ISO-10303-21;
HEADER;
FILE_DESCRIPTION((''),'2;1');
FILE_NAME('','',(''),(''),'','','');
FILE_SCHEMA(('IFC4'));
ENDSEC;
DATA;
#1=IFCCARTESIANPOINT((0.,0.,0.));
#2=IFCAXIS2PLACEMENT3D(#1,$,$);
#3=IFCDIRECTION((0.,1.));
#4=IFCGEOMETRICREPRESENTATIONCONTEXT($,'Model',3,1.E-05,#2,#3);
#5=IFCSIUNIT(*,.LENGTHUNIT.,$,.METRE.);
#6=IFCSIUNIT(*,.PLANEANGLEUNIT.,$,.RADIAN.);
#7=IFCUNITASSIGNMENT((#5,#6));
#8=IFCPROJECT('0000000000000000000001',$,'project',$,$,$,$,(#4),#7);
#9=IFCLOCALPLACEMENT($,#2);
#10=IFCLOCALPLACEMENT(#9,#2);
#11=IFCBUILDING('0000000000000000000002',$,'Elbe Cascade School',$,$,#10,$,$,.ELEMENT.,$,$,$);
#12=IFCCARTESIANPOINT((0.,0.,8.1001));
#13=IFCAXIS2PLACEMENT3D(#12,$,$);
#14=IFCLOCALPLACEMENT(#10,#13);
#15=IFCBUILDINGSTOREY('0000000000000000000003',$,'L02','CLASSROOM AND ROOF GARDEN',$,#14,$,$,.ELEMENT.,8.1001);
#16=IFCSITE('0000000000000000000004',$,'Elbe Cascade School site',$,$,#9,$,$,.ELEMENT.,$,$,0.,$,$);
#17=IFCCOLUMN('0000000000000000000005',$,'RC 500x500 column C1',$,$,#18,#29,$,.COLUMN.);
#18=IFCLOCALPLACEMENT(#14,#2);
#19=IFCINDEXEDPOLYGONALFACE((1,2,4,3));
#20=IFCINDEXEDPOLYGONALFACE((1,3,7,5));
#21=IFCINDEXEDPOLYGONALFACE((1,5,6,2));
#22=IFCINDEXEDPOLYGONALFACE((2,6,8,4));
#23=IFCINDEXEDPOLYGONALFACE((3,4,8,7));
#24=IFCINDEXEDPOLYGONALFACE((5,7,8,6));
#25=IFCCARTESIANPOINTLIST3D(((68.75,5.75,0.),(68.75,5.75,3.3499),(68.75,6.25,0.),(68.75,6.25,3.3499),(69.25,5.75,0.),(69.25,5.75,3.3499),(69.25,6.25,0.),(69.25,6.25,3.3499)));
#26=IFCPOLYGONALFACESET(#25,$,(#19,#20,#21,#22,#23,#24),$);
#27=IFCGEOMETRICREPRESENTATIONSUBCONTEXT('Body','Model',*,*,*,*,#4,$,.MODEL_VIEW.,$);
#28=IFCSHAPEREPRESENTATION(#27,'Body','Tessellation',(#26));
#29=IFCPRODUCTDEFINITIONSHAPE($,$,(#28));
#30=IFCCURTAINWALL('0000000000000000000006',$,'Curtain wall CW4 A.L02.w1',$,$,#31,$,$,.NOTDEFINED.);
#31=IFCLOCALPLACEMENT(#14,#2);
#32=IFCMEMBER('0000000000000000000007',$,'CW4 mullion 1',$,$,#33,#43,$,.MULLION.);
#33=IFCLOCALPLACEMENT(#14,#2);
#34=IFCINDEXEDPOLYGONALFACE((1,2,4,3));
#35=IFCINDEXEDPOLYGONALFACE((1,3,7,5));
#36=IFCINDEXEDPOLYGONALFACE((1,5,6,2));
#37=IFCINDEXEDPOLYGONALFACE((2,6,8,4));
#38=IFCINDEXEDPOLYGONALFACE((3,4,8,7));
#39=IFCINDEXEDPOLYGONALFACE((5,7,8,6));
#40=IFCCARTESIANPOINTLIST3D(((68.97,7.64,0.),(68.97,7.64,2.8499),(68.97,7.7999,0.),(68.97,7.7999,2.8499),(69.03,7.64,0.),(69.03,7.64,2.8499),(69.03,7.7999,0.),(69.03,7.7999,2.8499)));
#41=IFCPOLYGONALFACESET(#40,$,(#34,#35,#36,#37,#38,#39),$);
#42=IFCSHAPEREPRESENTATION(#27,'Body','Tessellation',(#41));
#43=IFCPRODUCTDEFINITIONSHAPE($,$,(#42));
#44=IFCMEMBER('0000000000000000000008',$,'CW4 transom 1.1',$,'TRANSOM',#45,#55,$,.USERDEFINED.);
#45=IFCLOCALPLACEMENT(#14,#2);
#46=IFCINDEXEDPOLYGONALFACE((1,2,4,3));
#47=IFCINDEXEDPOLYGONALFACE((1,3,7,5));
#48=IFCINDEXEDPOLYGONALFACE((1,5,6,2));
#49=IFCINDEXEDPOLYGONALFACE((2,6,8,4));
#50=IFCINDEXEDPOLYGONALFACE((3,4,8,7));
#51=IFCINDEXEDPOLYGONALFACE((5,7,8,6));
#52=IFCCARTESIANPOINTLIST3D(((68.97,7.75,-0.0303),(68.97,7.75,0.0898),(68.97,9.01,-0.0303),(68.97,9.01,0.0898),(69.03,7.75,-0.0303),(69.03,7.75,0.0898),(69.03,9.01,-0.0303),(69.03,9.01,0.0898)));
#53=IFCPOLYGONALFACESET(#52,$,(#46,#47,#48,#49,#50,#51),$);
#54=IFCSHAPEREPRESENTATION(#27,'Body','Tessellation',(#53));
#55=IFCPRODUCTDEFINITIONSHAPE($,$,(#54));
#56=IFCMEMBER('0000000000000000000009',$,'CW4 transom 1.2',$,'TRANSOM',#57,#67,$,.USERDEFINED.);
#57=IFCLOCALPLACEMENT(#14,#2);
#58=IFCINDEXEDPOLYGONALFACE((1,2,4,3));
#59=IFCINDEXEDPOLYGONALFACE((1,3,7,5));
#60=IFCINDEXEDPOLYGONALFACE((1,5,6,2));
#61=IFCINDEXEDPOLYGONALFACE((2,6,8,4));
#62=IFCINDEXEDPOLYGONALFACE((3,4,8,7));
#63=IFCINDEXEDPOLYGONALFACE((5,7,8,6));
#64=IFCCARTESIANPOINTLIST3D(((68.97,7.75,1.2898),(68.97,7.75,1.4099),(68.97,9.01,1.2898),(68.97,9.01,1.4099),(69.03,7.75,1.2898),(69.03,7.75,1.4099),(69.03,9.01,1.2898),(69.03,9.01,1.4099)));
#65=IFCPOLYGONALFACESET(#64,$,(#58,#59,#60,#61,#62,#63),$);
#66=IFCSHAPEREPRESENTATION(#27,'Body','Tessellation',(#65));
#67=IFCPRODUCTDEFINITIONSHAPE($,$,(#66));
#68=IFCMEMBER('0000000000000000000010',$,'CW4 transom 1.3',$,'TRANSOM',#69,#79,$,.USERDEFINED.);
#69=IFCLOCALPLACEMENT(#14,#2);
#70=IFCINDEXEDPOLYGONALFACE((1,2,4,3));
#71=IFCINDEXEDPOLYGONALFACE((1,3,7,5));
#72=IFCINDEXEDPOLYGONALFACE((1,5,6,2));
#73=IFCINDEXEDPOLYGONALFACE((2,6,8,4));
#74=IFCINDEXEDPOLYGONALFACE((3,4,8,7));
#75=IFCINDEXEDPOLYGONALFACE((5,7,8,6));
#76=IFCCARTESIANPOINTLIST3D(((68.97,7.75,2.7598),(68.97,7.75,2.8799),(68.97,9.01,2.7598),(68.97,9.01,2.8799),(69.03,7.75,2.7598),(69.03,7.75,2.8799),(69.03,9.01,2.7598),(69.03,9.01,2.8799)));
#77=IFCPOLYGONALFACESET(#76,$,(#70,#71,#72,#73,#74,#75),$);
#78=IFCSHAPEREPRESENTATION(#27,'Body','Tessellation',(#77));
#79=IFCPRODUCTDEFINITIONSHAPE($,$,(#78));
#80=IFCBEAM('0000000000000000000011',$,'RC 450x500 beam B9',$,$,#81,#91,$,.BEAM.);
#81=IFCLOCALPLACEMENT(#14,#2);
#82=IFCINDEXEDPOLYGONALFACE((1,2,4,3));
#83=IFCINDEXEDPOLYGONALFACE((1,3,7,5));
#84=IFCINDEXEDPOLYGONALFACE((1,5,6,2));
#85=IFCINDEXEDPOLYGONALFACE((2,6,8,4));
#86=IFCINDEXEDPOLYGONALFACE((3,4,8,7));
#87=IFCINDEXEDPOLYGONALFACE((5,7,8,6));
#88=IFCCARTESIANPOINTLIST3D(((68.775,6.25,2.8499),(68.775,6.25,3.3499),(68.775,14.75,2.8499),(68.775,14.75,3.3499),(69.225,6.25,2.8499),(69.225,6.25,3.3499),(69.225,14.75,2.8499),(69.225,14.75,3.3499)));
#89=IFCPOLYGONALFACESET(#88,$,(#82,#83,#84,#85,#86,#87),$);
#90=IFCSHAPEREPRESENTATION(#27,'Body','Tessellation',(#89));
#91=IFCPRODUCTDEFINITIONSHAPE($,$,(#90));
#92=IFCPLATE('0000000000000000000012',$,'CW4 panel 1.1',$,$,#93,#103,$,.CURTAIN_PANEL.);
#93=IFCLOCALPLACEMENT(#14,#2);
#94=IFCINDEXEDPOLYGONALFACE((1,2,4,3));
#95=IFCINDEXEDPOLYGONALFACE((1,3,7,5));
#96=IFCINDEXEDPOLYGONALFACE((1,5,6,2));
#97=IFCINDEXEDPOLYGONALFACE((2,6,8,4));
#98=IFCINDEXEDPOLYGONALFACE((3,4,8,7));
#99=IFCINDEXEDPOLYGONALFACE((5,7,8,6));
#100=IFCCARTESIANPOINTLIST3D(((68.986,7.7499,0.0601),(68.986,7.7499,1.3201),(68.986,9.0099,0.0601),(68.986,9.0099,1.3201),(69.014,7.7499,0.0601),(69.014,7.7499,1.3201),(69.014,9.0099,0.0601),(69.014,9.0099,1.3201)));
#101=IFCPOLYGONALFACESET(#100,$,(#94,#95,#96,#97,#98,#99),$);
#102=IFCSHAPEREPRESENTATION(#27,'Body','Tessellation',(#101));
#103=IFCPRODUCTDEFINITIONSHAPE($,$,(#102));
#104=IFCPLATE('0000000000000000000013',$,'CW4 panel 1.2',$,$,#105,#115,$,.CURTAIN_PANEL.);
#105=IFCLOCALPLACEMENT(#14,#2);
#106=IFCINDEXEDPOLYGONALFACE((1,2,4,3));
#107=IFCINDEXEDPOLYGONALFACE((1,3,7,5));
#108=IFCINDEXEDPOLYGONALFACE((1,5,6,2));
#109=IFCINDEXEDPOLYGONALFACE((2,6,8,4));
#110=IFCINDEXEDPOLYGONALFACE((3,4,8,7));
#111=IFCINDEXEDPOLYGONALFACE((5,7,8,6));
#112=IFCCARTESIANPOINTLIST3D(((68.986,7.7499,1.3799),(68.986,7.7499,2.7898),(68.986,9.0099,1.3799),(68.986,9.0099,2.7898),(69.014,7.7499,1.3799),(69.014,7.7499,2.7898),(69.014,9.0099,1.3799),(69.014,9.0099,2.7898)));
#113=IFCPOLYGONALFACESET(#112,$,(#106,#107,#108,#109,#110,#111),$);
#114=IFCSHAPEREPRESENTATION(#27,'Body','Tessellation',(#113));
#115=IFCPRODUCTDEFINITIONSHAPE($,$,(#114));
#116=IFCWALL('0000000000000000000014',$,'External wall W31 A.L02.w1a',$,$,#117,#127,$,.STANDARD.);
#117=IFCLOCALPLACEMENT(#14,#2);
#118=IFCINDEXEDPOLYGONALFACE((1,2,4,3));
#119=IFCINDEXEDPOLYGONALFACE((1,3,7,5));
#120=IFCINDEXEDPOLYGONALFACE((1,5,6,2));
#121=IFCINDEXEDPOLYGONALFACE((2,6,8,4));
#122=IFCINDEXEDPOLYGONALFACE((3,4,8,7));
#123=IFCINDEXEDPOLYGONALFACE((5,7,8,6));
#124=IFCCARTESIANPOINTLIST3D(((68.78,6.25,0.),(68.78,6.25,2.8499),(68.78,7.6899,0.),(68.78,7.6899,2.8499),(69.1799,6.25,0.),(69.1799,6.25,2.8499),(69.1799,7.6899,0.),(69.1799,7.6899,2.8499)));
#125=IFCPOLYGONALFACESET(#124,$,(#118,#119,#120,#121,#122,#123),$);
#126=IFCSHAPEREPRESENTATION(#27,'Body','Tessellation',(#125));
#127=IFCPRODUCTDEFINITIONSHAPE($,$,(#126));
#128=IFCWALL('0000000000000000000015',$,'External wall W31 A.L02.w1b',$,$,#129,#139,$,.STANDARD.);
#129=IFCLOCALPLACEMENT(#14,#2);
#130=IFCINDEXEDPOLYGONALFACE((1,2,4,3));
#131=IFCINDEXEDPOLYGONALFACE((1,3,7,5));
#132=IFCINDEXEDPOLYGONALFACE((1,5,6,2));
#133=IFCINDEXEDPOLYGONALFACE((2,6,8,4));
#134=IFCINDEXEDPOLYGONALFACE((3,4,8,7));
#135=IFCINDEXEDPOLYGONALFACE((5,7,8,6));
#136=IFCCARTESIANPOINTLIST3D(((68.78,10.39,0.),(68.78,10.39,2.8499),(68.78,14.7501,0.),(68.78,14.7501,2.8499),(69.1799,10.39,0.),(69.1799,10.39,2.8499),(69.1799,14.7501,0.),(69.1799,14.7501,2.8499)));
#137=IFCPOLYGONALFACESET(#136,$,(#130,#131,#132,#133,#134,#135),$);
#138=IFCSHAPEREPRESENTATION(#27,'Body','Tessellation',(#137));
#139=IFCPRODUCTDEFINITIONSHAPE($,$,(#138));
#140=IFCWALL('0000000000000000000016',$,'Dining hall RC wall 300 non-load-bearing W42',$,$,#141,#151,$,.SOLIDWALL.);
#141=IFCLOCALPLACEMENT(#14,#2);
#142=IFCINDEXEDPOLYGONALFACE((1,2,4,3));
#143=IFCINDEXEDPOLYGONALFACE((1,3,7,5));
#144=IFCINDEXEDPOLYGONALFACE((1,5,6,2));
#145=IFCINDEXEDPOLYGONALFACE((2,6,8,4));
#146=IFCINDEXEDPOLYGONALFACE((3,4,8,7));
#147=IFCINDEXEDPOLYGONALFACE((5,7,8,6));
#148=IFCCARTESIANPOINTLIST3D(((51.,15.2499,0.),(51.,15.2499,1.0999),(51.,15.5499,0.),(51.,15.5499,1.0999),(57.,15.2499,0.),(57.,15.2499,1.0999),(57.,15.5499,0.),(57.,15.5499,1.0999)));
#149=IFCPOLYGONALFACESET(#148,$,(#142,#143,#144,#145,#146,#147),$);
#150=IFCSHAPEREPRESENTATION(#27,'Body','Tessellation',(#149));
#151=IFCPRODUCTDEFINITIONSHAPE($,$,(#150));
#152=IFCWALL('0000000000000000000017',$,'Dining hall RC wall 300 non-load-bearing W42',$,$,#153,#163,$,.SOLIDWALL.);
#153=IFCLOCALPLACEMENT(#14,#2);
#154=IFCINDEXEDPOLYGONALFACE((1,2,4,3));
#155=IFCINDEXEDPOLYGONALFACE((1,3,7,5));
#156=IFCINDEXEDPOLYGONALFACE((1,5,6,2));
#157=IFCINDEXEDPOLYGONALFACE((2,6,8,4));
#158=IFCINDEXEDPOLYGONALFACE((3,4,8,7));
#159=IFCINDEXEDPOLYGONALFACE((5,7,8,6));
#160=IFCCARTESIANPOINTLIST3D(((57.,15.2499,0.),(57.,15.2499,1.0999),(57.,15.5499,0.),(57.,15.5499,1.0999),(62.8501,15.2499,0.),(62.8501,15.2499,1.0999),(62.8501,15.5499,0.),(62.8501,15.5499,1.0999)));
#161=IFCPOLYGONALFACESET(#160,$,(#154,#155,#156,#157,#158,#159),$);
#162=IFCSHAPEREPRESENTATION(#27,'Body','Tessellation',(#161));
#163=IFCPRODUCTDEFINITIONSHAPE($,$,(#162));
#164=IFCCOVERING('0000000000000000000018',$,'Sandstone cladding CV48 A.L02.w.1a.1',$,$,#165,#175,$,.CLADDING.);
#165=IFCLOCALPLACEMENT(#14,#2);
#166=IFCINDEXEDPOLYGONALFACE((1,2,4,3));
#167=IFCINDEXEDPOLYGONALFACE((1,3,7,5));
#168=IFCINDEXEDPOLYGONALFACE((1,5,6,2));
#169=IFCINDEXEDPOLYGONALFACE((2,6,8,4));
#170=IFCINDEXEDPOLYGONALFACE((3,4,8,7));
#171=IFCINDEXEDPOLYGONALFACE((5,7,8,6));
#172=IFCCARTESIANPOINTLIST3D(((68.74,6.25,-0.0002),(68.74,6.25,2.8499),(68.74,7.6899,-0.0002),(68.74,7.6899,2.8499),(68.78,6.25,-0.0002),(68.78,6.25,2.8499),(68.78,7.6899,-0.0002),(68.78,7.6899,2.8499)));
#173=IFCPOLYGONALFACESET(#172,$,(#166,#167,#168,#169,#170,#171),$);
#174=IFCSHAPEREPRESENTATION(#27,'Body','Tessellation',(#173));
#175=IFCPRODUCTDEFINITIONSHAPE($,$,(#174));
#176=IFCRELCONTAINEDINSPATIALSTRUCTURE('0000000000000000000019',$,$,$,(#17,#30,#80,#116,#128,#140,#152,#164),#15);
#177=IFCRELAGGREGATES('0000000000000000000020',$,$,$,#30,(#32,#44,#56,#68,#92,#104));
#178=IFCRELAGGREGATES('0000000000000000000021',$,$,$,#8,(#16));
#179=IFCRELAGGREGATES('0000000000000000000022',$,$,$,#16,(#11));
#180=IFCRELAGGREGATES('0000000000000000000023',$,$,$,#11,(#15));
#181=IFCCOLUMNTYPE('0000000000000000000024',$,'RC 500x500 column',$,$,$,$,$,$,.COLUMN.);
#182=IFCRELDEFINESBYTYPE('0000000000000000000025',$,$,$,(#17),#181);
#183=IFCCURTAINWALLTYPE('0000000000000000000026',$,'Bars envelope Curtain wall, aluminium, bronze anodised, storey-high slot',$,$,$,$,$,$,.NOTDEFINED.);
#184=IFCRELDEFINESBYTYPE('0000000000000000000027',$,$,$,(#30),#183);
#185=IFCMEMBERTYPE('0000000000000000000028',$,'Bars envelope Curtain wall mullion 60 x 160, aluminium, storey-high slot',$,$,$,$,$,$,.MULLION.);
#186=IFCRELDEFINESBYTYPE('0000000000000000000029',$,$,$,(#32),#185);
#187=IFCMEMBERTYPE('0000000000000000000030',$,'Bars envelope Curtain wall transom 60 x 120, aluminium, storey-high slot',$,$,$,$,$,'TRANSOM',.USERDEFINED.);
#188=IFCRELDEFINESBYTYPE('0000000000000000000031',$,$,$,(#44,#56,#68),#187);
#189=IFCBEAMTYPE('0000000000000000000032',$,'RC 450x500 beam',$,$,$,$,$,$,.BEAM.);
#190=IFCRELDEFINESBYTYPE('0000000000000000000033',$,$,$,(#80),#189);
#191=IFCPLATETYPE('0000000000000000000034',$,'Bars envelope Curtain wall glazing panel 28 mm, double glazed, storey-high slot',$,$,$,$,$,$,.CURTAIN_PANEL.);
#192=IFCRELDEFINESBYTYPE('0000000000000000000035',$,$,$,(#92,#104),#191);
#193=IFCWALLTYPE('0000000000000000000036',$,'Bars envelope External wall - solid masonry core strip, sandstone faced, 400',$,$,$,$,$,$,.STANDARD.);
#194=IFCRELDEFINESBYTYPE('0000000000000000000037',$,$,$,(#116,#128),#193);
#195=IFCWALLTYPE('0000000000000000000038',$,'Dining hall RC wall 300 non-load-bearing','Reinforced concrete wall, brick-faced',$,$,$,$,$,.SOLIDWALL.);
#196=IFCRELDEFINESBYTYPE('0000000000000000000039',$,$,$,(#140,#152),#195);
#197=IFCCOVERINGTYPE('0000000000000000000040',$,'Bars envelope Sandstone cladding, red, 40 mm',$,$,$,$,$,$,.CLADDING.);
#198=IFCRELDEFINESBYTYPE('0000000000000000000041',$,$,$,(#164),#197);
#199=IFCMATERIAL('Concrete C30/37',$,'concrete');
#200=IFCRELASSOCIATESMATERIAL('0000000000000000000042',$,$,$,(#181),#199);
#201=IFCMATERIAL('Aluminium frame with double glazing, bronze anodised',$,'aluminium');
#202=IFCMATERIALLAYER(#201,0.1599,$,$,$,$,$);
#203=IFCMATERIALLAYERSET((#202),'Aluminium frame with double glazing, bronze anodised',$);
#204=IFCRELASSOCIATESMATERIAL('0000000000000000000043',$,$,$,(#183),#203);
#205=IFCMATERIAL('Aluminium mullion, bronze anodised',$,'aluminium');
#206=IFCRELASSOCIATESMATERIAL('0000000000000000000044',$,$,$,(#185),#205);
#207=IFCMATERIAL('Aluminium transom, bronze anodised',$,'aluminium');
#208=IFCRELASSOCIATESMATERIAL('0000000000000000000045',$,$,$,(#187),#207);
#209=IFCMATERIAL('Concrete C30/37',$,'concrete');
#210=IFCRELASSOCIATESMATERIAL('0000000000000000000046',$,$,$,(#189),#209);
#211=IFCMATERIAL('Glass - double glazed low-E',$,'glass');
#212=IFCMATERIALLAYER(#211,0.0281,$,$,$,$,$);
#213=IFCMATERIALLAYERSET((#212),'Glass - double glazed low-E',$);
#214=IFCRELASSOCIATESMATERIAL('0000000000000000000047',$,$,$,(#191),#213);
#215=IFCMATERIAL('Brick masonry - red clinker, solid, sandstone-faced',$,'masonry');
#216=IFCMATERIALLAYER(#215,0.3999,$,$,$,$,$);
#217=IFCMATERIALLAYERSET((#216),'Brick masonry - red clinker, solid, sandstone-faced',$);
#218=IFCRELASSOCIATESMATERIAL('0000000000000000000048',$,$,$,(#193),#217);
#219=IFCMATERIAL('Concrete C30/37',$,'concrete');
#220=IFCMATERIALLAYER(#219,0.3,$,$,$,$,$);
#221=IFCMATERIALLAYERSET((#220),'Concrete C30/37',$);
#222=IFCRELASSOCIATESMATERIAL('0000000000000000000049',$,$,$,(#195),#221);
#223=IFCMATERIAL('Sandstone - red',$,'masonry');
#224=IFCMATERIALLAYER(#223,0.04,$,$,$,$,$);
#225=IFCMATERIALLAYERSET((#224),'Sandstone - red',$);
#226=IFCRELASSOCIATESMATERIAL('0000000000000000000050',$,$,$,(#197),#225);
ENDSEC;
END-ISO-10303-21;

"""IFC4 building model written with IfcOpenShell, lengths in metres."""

from ifc_helpers import new_model, si_unit, direction, frame, frame_2d, origin, origin_2d, place, context, subcontext, project, spatial, rectangle, extrude, material, layer, layer_set, material_profile, profile_set, type_object, element, aggregate, save


model = new_model("IFC4")

# Units and contexts
model_context = context("Model", 3, precision=1e-05, world=origin(), true_north=direction((0.0, 1.0)))
body_context = subcontext(model_context, "Body", "Model", "MODEL_VIEW")
ifc_project = project(units=[si_unit("LENGTHUNIT", "METRE"), si_unit("PLANEANGLEUNIT", "RADIAN")], contexts=[model_context])

# Site, building, storey
site_placement = place(None, origin())
site = spatial("IfcSite", under=ifc_project, at=site_placement, Name="Elbe Cascade School site", CompositionType="ELEMENT", RefElevation=0.0)
building_placement = place(site_placement, origin())
building = spatial("IfcBuilding", under=site, at=building_placement, Name="Elbe Cascade School", CompositionType="ELEMENT")
storey_placement = place(building_placement, frame((0.0, 0.0, 8.1001)))
storey = spatial("IfcBuildingStorey", under=building, at=storey_placement, Name="L02", Description="CLASSROOM AND ROOF GARDEN", CompositionType="ELEMENT", Elevation=8.1001)

# Column
ifc_material_1 = material(Name="Concrete C30/37", Category="concrete")
ifc_material_profile_1 = material_profile(ifc_material_1, rectangle(XDim=0.5, YDim=0.5, at=origin_2d()), Name="RC 500x500")
ifc_profile_set_1 = profile_set([ifc_material_profile_1], Name="Concrete C30/37")
column_type = type_object("IfcColumnType", Name="RC 500x500 column", PredefinedType="COLUMN", material=ifc_profile_set_1)
column_placement = place(storey_placement, frame((69.0, 6.0, 0.0), z_axis=(0.0, 0.0, 1.0), x_axis=(1.0, 0.0, 0.0)))
element("IfcColumn", 1, at=column_placement, inside=storey, type_object=column_type, Name="RC 500x500 column C1", PredefinedType="COLUMN", context=body_context, shape_type="SweptSolid", body=[
    extrude(rectangle(XDim=0.5, YDim=0.5, at=origin_2d()), origin(), (0.0, 0.0, 1.0), 3.3499),
])

# Curtain wall, members
ifc_material_2 = material(Name="Aluminium frame with double glazing, bronze anodised", Category="aluminium")
ifc_layer_1 = layer(ifc_material_2, 0.1599)
ifc_layer_set_1 = layer_set([ifc_layer_1], Name="Aluminium frame with double glazing, bronze anodised")
curtain_wall_type = type_object("IfcCurtainWallType", Name="Bars envelope Curtain wall, aluminium, bronze anodised, storey-high slot", PredefinedType="NOTDEFINED", material=ifc_layer_set_1)
curtain_wall_placement = place(storey_placement, origin())
curtain_wall = element("IfcCurtainWall", 2, at=curtain_wall_placement, inside=storey, type_object=curtain_wall_type, Name="Curtain wall CW4 A.L02.w1", PredefinedType="NOTDEFINED")
ifc_material_3 = material(Name="Aluminium mullion, bronze anodised", Category="aluminium")
ifc_material_profile_2 = material_profile(ifc_material_3, rectangle(XDim=0.0601, YDim=0.1599, at=origin_2d()), Name="Bars envelope Curtain wall mullion 60 x 160, aluminium, storey-high slot")
ifc_profile_set_2 = profile_set([ifc_material_profile_2], Name="Aluminium mullion, bronze anodised")
member_type_1 = type_object("IfcMemberType", Name="Bars envelope Curtain wall mullion 60 x 160, aluminium, storey-high slot", PredefinedType="MULLION", material=ifc_profile_set_2)
member_1_placement = place(storey_placement, frame((69.0, 7.72, 0.0), z_axis=(0.0, 0.0, 1.0), x_axis=(-1.0, 0.0, 0.0)))
member_1 = element("IfcMember", 3, at=member_1_placement, type_object=member_type_1, Name="CW4 mullion 1", PredefinedType="MULLION", context=body_context, shape_type="SweptSolid", body=[
    extrude(rectangle(XDim=0.0601, YDim=0.1599, at=origin_2d()), origin(), (0.0, 0.0, 1.0), 2.8499),
])
ifc_material_4 = material(Name="Aluminium transom, bronze anodised", Category="aluminium")
ifc_material_profile_3 = material_profile(ifc_material_4, rectangle(XDim=0.0601, YDim=0.1201, at=origin_2d()), Name="Bars envelope Curtain wall transom 60 x 120, aluminium, storey-high slot")
ifc_profile_set_3 = profile_set([ifc_material_profile_3], Name="Aluminium transom, bronze anodised")
member_type_2 = type_object("IfcMemberType", Name="Bars envelope Curtain wall transom 60 x 120, aluminium, storey-high slot", ElementType="TRANSOM", PredefinedType="USERDEFINED", material=ifc_profile_set_3)
member_2_placement = place(storey_placement, frame((69.0, 7.75, 0.0298), z_axis=(0.0, 1.0, 0.0), x_axis=(-1.0, 0.0, 0.0)))
member_2 = element("IfcMember", 4, at=member_2_placement, type_object=member_type_2, Name="CW4 transom 1.1", ObjectType="TRANSOM", PredefinedType="USERDEFINED", context=body_context, shape_type="SweptSolid", body=[
    extrude(rectangle(XDim=0.0601, YDim=0.1201, at=origin_2d()), origin(), (0.0, 0.0, 1.0), 1.26),
])
member_3_placement = place(storey_placement, frame((69.0, 7.75, 1.3499), z_axis=(0.0, 1.0, 0.0), x_axis=(-1.0, 0.0, 0.0)))
member_3 = element("IfcMember", 5, at=member_3_placement, type_object=member_type_2, Name="CW4 transom 1.2", ObjectType="TRANSOM", PredefinedType="USERDEFINED", context=body_context, shape_type="SweptSolid", body=[
    extrude(rectangle(XDim=0.0601, YDim=0.1201, at=origin_2d()), origin(), (0.0, 0.0, 1.0), 1.26),
])
member_4_placement = place(storey_placement, frame((69.0, 7.75, 2.8198), z_axis=(0.0, 1.0, 0.0), x_axis=(-1.0, 0.0, 0.0)))
member_4 = element("IfcMember", 6, at=member_4_placement, type_object=member_type_2, Name="CW4 transom 1.3", ObjectType="TRANSOM", PredefinedType="USERDEFINED", context=body_context, shape_type="SweptSolid", body=[
    extrude(rectangle(XDim=0.0601, YDim=0.1201, at=origin_2d()), origin(), (0.0, 0.0, 1.0), 1.26),
])

# Beam
ifc_material_5 = material(Name="Concrete C30/37", Category="concrete")
ifc_material_profile_4 = material_profile(ifc_material_5, rectangle(XDim=0.45, YDim=0.5, at=origin_2d()), Name="RC 450x500")
ifc_profile_set_4 = profile_set([ifc_material_profile_4], Name="Concrete C30/37")
beam_type = type_object("IfcBeamType", Name="RC 450x500 beam", PredefinedType="BEAM", material=ifc_profile_set_4)
beam_placement = place(storey_placement, frame((69.0, 6.25, 3.0999), z_axis=(0.0, 1.0, 0.0), x_axis=(-1.0, 0.0, 0.0)))
element("IfcBeam", 7, at=beam_placement, inside=storey, type_object=beam_type, Name="RC 450x500 beam B9", PredefinedType="BEAM", context=body_context, shape_type="SweptSolid", body=[
    extrude(rectangle(XDim=0.45, YDim=0.5, at=origin_2d()), origin(), (0.0, 0.0, 1.0), 8.5),
])

# Plates
ifc_material_6 = material(Name="Glass - double glazed low-E", Category="glass")
ifc_layer_2 = layer(ifc_material_6, 0.0281)
ifc_layer_set_2 = layer_set([ifc_layer_2], Name="Glass - double glazed low-E")
plate_type = type_object("IfcPlateType", Name="Bars envelope Curtain wall glazing panel 28 mm, double glazed, storey-high slot", PredefinedType="CURTAIN_PANEL", material=ifc_layer_set_2)
plate_1_placement = place(storey_placement, frame((69.0, 8.3799, 0.0601), z_axis=(0.0, 0.0, 1.0), x_axis=(0.0, 1.0, 0.0)))
plate_1 = element("IfcPlate", 8, at=plate_1_placement, type_object=plate_type, Name="CW4 panel 1.1", PredefinedType="CURTAIN_PANEL", context=body_context, shape_type="SweptSolid", body=[
    extrude(rectangle(XDim=1.26, YDim=0.0281, at=origin_2d()), origin(), (0.0, 0.0, 1.0), 1.26),
])
plate_2_placement = place(storey_placement, frame((69.0, 8.3799, 1.3799), z_axis=(0.0, 0.0, 1.0), x_axis=(0.0, 1.0, 0.0)))
plate_2 = element("IfcPlate", 9, at=plate_2_placement, type_object=plate_type, Name="CW4 panel 1.2", PredefinedType="CURTAIN_PANEL", context=body_context, shape_type="SweptSolid", body=[
    extrude(rectangle(XDim=1.26, YDim=0.0281, at=origin_2d()), origin(), (0.0, 0.0, 1.0), 1.4099),
])
aggregate(curtain_wall, [member_1, member_2, member_3, member_4, plate_1, plate_2])

# Walls
ifc_material_7 = material(Name="Brick masonry - red clinker, solid, sandstone-faced", Category="masonry")
ifc_layer_3 = layer(ifc_material_7, 0.3999)
ifc_layer_set_3 = layer_set([ifc_layer_3], Name="Brick masonry - red clinker, solid, sandstone-faced")
wall_type_1 = type_object("IfcWallType", Name="Bars envelope External wall - solid masonry core strip, sandstone faced, 400", PredefinedType="STANDARD", material=ifc_layer_set_3)
wall_1_placement = place(storey_placement, frame((68.98, 6.25, 0.0), z_axis=(0.0, 0.0, 1.0), x_axis=(0.0, 1.0, 0.0)))
element("IfcWall", 10, at=wall_1_placement, inside=storey, type_object=wall_type_1, Name="External wall W31 A.L02.w1a", PredefinedType="STANDARD", context=body_context, shape_type="SweptSolid", body=[
    extrude(rectangle(XDim=1.4399, YDim=0.3999, at=frame_2d((0.72, 0.0))), origin(), (0.0, 0.0, 1.0), 2.8499),
])
wall_2_placement = place(storey_placement, frame((68.98, 10.3899, 0.0), z_axis=(0.0, 0.0, 1.0), x_axis=(0.0, 1.0, 0.0)))
element("IfcWall", 11, at=wall_2_placement, inside=storey, type_object=wall_type_1, Name="External wall W31 A.L02.w1b", PredefinedType="STANDARD", context=body_context, shape_type="SweptSolid", body=[
    extrude(rectangle(XDim=4.3601, YDim=0.3999, at=frame_2d((2.1802, 0.0))), origin(), (0.0, 0.0, 1.0), 2.8499),
])
ifc_material_8 = material(Name="Concrete C30/37", Category="concrete")
ifc_layer_4 = layer(ifc_material_8, 0.3)
ifc_layer_set_4 = layer_set([ifc_layer_4], Name="Concrete C30/37")
wall_type_2 = type_object("IfcWallType", Name="Dining hall RC wall 300 non-load-bearing", Description="Reinforced concrete wall, brick-faced", PredefinedType="SOLIDWALL", material=ifc_layer_set_4)
wall_3_placement = place(storey_placement, frame((57.0, 15.3999, 0.0), z_axis=(0.0, 0.0, 1.0), x_axis=(-1.0, 0.0, 0.0)))
element("IfcWall", 12, at=wall_3_placement, inside=storey, type_object=wall_type_2, Name="Dining hall RC wall 300 non-load-bearing W42", PredefinedType="SOLIDWALL", context=body_context, shape_type="SweptSolid", body=[
    extrude(rectangle(XDim=6.0, YDim=0.3, at=frame_2d((3.0, 0.0))), origin(), (0.0, 0.0, 1.0), 1.0999),
])
wall_4_placement = place(storey_placement, frame((62.8501, 15.3999, 0.0), z_axis=(0.0, 0.0, 1.0), x_axis=(-1.0, 0.0, 0.0)))
element("IfcWall", 13, at=wall_4_placement, inside=storey, type_object=wall_type_2, Name="Dining hall RC wall 300 non-load-bearing W42", PredefinedType="SOLIDWALL", context=body_context, shape_type="SweptSolid", body=[
    extrude(rectangle(XDim=5.8501, YDim=0.3, at=frame_2d((2.925, 0.0))), origin(), (0.0, 0.0, 1.0), 1.0999),
])

# Covering
ifc_material_9 = material(Name="Sandstone - red", Category="masonry")
ifc_layer_5 = layer(ifc_material_9, 0.04)
ifc_layer_set_5 = layer_set([ifc_layer_5], Name="Sandstone - red")
covering_type = type_object("IfcCoveringType", Name="Bars envelope Sandstone cladding, red, 40 mm", PredefinedType="CLADDING", material=ifc_layer_set_5)
covering_1_placement = place(storey_placement, frame((68.76, 6.97, -0.0002), z_axis=(0.0, 0.0, 1.0), x_axis=(0.0, 1.0, 0.0)))
element("IfcCovering", 14, at=covering_1_placement, inside=storey, type_object=covering_type, Name="Sandstone cladding CV48 A.L02.w.1a.1", PredefinedType="CLADDING", context=body_context, shape_type="SweptSolid", body=[
    extrude(rectangle(XDim=1.4399, YDim=0.04, at=origin_2d()), origin(), (0.0, 0.0, 1.0), 2.8501),
])

save(model, "model.ifc")
